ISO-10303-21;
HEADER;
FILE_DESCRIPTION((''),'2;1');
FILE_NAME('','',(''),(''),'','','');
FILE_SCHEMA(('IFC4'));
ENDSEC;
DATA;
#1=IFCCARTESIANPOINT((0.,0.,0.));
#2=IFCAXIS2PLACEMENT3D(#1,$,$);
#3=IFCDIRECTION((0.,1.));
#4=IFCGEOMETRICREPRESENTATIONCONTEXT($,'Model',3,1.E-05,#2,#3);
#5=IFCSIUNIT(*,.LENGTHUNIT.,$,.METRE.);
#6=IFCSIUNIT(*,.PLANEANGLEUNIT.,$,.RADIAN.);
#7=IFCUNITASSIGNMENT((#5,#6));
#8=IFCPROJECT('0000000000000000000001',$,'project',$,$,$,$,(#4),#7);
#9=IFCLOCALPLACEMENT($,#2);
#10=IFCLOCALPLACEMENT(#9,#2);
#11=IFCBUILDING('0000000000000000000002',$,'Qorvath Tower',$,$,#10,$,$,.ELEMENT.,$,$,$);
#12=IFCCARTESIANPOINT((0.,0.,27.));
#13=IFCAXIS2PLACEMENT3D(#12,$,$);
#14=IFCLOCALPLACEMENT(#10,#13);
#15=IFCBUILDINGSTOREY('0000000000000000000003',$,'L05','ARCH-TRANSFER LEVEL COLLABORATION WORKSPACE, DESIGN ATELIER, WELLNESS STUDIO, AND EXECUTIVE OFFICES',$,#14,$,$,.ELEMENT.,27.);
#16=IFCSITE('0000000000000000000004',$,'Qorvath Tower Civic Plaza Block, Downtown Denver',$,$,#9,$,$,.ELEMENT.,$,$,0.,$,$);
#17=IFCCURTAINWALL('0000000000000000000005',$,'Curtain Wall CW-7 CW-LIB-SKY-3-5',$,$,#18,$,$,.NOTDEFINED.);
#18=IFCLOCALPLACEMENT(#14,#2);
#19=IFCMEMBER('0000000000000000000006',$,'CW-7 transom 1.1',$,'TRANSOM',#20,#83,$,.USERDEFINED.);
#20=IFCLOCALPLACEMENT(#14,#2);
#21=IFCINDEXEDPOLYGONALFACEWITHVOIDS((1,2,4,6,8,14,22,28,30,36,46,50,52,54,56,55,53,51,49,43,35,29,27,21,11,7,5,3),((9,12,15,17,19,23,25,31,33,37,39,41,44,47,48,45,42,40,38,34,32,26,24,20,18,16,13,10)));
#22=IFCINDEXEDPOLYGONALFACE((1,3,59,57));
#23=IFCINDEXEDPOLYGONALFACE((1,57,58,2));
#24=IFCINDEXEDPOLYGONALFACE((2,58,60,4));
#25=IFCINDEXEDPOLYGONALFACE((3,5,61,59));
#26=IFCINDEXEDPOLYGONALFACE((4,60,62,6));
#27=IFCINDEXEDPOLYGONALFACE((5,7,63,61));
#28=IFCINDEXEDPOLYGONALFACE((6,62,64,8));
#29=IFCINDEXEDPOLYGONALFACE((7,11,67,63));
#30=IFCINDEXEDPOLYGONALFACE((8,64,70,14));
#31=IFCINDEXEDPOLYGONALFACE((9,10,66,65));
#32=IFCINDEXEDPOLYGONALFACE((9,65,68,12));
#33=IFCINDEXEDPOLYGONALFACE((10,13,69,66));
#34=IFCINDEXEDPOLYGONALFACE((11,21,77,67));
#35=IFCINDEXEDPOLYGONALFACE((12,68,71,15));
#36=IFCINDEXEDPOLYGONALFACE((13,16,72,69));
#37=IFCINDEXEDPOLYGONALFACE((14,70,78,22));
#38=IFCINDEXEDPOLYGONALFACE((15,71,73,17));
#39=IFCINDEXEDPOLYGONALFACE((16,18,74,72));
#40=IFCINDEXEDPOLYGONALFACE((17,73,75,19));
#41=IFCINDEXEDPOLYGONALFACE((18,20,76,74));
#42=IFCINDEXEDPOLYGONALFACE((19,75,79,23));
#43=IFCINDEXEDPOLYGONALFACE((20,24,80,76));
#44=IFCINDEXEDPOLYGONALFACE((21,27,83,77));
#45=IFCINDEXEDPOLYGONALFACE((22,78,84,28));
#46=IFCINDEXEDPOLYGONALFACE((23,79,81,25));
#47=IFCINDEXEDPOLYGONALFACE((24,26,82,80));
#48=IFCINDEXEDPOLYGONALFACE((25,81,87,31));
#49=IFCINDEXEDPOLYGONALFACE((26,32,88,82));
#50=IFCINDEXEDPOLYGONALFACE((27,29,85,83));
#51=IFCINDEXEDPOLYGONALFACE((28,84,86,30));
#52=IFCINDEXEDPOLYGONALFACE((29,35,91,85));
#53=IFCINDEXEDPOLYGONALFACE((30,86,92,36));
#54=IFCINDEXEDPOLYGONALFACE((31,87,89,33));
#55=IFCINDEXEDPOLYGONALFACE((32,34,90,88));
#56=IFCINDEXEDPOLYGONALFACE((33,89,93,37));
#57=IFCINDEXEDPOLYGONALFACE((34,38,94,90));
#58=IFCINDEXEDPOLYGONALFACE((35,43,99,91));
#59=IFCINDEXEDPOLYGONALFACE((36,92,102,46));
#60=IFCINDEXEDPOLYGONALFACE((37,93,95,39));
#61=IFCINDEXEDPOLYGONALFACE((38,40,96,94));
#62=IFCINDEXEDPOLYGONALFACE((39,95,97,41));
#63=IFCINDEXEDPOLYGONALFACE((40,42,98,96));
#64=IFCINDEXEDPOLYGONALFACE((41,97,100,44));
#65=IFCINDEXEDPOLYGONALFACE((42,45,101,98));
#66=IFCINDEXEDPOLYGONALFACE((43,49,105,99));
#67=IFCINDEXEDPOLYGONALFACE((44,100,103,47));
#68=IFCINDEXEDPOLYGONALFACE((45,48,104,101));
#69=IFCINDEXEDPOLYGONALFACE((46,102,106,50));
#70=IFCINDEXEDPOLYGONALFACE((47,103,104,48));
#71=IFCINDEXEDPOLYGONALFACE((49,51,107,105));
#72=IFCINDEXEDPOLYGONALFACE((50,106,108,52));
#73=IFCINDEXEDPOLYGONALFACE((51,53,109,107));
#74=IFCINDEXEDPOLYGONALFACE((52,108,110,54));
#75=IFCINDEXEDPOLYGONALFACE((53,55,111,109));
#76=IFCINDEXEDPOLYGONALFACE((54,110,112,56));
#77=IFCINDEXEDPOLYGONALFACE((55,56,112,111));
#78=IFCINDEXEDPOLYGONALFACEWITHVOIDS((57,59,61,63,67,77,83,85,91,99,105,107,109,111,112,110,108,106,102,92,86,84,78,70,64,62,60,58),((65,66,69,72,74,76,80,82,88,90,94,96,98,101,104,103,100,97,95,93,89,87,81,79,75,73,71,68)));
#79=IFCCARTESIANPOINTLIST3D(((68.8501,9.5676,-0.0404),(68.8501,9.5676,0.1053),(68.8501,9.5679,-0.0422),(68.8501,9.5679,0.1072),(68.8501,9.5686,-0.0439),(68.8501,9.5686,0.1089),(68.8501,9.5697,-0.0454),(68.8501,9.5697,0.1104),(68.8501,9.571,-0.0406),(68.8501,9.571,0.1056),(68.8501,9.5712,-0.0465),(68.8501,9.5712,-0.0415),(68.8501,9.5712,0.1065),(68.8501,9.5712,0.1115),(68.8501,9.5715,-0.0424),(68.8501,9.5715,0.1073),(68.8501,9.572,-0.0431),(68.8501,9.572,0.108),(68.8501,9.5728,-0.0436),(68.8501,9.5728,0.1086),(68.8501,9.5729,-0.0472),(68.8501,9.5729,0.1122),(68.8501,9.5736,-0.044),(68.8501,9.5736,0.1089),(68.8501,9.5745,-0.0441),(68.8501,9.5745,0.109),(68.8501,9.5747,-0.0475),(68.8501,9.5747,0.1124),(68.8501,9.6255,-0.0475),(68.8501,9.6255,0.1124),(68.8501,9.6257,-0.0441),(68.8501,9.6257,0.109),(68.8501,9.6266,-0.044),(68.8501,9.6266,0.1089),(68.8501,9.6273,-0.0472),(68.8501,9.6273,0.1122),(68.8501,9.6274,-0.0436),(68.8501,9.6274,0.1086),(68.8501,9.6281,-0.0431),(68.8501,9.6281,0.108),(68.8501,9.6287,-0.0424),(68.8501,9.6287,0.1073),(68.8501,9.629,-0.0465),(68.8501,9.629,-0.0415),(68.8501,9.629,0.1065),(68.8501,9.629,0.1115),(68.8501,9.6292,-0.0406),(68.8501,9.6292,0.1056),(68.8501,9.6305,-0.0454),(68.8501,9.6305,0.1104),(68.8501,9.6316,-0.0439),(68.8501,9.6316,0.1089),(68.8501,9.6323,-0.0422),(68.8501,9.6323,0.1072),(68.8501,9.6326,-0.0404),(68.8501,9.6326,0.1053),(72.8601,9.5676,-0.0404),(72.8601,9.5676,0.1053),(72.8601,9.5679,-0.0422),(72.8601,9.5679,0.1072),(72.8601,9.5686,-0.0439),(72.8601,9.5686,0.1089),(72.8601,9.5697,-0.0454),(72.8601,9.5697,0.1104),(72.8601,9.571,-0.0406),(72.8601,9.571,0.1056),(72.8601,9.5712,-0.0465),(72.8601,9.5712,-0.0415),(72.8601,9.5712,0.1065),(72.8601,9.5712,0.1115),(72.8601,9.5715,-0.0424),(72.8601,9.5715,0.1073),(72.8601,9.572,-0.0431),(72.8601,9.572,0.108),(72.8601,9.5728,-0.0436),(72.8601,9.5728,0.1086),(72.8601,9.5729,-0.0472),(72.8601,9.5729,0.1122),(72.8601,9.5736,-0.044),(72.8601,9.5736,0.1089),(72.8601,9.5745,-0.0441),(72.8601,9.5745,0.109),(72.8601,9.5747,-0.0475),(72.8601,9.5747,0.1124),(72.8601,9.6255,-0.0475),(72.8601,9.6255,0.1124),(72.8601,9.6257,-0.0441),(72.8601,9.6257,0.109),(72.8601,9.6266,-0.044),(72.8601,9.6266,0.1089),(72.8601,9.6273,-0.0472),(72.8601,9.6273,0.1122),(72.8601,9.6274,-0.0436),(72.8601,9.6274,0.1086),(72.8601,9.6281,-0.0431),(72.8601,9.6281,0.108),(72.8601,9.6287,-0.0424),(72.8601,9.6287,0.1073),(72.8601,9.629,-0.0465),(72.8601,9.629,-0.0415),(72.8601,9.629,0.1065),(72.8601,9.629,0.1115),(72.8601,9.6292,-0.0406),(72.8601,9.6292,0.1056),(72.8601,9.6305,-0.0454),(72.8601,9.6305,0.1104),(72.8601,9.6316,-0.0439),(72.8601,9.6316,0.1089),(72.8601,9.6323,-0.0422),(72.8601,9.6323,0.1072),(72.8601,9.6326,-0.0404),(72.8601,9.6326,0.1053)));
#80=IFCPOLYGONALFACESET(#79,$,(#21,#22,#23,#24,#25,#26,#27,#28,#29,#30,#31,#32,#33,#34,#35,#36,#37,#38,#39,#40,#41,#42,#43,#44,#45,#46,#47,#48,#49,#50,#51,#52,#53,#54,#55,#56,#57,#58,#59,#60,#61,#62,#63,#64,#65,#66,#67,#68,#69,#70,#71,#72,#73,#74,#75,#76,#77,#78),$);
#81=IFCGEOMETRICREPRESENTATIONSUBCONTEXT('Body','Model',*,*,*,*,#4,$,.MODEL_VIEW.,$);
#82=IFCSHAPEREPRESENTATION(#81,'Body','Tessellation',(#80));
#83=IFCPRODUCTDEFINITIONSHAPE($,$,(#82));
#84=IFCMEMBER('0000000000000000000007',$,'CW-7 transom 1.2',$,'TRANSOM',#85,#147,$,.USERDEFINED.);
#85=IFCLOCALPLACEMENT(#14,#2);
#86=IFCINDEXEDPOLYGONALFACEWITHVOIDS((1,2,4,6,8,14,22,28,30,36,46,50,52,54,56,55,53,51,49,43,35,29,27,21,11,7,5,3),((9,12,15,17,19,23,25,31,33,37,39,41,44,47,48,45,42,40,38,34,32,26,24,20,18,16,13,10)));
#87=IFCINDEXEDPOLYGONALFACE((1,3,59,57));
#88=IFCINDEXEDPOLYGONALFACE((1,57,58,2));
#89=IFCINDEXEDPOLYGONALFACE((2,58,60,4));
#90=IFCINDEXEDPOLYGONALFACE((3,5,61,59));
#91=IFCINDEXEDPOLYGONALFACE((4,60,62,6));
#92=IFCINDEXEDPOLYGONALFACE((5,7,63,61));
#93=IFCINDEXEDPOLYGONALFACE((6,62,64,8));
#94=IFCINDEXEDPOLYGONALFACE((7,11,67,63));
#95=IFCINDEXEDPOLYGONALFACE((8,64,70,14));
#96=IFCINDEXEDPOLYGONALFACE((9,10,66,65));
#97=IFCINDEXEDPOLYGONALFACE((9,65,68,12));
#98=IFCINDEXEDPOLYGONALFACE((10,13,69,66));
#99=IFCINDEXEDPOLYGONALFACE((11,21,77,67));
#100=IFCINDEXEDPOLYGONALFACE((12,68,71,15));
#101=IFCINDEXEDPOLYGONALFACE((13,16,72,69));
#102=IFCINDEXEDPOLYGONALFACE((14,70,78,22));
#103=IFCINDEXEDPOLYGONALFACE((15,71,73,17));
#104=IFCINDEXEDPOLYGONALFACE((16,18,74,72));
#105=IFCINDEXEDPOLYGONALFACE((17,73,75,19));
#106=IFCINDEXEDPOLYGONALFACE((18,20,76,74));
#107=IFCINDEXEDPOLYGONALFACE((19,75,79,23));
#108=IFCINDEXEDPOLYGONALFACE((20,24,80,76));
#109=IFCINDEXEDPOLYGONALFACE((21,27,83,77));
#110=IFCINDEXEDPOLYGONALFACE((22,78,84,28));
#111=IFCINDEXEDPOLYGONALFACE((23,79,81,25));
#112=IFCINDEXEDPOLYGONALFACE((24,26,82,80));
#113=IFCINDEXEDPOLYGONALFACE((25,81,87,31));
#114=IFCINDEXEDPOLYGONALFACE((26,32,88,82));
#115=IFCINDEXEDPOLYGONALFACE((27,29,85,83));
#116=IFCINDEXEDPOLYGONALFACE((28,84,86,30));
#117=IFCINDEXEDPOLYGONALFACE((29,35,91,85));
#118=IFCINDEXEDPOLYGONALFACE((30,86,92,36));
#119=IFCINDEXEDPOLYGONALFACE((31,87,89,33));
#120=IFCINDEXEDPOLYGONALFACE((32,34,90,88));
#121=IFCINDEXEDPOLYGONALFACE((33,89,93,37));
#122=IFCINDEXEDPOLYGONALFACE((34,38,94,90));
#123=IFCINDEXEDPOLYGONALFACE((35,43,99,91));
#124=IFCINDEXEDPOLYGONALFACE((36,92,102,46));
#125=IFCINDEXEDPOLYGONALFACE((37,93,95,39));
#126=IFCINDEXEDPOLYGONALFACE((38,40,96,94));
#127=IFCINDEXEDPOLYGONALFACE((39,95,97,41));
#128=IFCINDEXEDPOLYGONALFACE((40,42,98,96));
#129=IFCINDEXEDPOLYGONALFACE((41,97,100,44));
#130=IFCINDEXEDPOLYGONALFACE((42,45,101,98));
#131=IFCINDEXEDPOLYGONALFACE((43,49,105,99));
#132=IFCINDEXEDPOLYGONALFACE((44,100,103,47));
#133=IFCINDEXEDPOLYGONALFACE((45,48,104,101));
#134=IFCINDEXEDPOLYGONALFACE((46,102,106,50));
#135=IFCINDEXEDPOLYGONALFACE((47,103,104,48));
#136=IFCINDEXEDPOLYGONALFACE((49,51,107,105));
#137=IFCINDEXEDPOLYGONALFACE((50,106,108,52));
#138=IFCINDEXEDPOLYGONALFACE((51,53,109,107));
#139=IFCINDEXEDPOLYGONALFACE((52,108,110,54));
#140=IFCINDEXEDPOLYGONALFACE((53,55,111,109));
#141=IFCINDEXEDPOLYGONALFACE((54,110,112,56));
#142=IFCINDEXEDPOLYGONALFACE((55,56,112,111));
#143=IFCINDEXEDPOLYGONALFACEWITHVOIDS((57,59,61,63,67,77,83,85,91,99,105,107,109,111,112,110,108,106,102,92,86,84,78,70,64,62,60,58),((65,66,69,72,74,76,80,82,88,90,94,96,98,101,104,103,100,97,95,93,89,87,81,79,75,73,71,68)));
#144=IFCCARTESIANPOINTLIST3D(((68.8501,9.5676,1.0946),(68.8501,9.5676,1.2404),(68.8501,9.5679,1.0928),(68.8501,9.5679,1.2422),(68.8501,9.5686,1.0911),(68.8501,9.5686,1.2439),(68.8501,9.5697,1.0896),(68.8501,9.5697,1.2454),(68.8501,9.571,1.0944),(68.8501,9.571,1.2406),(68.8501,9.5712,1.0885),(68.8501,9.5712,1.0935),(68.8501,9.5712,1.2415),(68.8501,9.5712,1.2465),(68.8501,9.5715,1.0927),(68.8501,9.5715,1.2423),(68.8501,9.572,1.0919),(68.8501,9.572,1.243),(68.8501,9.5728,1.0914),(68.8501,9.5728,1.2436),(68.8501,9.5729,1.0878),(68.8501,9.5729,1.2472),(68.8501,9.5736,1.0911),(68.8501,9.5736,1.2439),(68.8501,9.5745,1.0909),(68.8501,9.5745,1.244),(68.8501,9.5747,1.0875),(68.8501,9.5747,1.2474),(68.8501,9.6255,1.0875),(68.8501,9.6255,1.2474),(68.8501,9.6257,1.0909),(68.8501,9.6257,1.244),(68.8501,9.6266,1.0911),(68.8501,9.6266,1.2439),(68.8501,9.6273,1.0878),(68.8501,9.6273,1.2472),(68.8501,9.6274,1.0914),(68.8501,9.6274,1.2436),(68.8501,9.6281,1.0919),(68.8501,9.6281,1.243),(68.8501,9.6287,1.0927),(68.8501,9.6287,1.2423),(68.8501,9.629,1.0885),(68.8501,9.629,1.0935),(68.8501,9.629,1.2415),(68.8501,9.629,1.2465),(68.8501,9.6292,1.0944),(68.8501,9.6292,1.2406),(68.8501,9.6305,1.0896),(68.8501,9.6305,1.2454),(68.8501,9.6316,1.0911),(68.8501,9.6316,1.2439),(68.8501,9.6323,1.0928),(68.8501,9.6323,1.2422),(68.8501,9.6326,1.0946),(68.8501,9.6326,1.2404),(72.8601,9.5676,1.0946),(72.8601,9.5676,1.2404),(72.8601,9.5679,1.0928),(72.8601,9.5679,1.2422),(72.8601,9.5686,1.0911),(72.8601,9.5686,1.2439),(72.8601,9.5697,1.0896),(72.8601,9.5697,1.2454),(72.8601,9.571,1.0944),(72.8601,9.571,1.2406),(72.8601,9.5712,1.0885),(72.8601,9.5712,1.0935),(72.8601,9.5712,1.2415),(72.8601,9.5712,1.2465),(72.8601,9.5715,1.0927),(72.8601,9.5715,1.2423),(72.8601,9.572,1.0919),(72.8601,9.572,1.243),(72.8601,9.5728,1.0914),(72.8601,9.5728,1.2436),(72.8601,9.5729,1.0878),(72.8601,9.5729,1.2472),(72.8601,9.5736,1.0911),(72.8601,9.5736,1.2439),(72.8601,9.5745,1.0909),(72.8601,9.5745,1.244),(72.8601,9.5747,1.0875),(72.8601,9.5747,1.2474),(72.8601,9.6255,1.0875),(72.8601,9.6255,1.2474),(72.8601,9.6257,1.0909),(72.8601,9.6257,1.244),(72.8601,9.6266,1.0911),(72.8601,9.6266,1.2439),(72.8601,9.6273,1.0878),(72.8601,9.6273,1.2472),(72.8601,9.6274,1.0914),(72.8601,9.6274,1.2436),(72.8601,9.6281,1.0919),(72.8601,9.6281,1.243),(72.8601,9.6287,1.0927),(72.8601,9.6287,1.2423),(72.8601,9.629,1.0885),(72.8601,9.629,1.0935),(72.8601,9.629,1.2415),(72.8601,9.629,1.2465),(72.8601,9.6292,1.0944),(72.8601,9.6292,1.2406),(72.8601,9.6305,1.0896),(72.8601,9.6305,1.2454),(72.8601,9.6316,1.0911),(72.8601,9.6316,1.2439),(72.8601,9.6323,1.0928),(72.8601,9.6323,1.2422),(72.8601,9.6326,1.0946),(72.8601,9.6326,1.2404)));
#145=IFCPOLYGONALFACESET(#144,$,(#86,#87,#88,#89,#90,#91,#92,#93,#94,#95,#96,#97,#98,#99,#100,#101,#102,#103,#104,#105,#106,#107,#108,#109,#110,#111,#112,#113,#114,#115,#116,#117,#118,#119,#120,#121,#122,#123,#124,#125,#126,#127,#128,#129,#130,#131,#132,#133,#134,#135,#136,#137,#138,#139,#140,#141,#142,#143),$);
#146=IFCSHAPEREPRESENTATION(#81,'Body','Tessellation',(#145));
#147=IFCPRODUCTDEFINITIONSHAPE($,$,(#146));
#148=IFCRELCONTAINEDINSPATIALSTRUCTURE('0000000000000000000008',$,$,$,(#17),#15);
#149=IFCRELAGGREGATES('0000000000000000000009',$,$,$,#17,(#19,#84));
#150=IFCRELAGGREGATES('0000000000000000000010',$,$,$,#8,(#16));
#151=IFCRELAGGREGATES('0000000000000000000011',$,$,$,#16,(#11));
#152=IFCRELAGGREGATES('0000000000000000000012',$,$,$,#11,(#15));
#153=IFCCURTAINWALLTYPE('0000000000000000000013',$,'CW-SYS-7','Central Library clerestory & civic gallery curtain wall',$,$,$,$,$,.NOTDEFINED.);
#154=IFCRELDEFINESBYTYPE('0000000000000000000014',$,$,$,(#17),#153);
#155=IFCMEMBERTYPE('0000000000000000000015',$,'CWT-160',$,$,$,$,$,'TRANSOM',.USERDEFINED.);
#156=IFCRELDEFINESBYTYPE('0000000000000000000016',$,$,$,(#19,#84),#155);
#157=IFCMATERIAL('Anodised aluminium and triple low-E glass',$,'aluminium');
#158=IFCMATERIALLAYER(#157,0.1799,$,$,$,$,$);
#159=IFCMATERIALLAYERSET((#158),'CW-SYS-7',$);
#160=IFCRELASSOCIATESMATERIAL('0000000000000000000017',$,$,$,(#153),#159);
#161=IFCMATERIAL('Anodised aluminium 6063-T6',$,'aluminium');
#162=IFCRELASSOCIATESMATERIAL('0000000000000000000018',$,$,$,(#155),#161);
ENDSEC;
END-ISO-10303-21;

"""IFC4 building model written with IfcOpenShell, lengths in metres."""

from ifc_helpers import new_model, si_unit, direction, frame, origin, origin_2d, place, context, subcontext, project, spatial, hollow_rectangle, extrude, material, layer, layer_set, material_profile, profile_set, type_object, element, aggregate, save


model = new_model("IFC4")

# Units and contexts
model_context = context("Model", 3, precision=1e-05, world=origin(), true_north=direction((0.0, 1.0)))
body_context = subcontext(model_context, "Body", "Model", "MODEL_VIEW")
ifc_project = project(units=[si_unit("LENGTHUNIT", "METRE"), si_unit("PLANEANGLEUNIT", "RADIAN")], contexts=[model_context])

# Site, building, storey
site_placement = place(None, origin())
site = spatial("IfcSite", under=ifc_project, at=site_placement, Name="Qorvath Tower Civic Plaza Block, Downtown Denver", CompositionType="ELEMENT", RefElevation=0.0)
building_placement = place(site_placement, origin())
building = spatial("IfcBuilding", under=site, at=building_placement, Name="Qorvath Tower", CompositionType="ELEMENT")
storey_placement = place(building_placement, frame((0.0, 0.0, 27.0)))
storey = spatial("IfcBuildingStorey", under=building, at=storey_placement, Name="L05", Description="ARCH-TRANSFER LEVEL COLLABORATION WORKSPACE, DESIGN ATELIER, WELLNESS STUDIO, AND EXECUTIVE OFFICES", CompositionType="ELEMENT", Elevation=27.0)

# Shared definitions
ifc_material_1 = material(Name="Anodised aluminium and triple low-E glass", Category="aluminium")
ifc_layer_1 = layer(ifc_material_1, 0.1799)
ifc_layer_set_1 = layer_set([ifc_layer_1], Name="CW-SYS-7")
curtain_wall_type = type_object("IfcCurtainWallType", Name="CW-SYS-7", Description="Central Library clerestory & civic gallery curtain wall", PredefinedType="NOTDEFINED", material=ifc_layer_set_1)

# Curtain wall
curtain_wall_1_placement = place(storey_placement, origin())
curtain_wall_1 = element("IfcCurtainWall", 1, at=curtain_wall_1_placement, inside=storey, type_object=curtain_wall_type, Name="Curtain Wall CW-7 CW-LIB-SKY-3-5", PredefinedType="NOTDEFINED")

# Members
ifc_material_2 = material(Name="Anodised aluminium 6063-T6", Category="aluminium")
ifc_material_profile_1 = material_profile(ifc_material_2, hollow_rectangle(XDim=0.0649, YDim=0.1599, WallThickness=0.0034, InnerFilletRadius=0.0034, OuterFilletRadius=0.0071, at=origin_2d()), Name="CWT 160x65")
ifc_profile_set_1 = profile_set([ifc_material_profile_1], Name="Anodised aluminium 6063-T6")
member_type_1 = type_object("IfcMemberType", Name="CWT-160", ElementType="TRANSOM", PredefinedType="USERDEFINED", material=ifc_profile_set_1)
member_1_placement = place(storey_placement, frame((68.8501, 9.6001, 0.0325), z_axis=(1.0, 0.0, 0.0), x_axis=(0.0, 1.0, 0.0)))
member_1 = element("IfcMember", 2, at=member_1_placement, type_object=member_type_1, Name="CW-7 transom 1.1", ObjectType="TRANSOM", PredefinedType="USERDEFINED", context=body_context, shape_type="SweptSolid", body=[
    extrude(hollow_rectangle(XDim=0.0649, YDim=0.1599, WallThickness=0.0034, InnerFilletRadius=0.0034, OuterFilletRadius=0.0071, at=origin_2d()), origin(), (0.0, 0.0, 1.0), 4.01),
])
member_2_placement = place(storey_placement, frame((68.8501, 9.6001, 1.1675), z_axis=(1.0, 0.0, 0.0), x_axis=(0.0, 1.0, 0.0)))
member_2 = element("IfcMember", 3, at=member_2_placement, type_object=member_type_1, Name="CW-7 transom 1.2", ObjectType="TRANSOM", PredefinedType="USERDEFINED", context=body_context, shape_type="SweptSolid", body=[
    extrude(hollow_rectangle(XDim=0.0649, YDim=0.1599, WallThickness=0.0034, InnerFilletRadius=0.0034, OuterFilletRadius=0.0071, at=origin_2d()), origin(), (0.0, 0.0, 1.0), 4.01),
])

aggregate(curtain_wall_1, [member_1, member_2])

save(model, "model.ifc")
